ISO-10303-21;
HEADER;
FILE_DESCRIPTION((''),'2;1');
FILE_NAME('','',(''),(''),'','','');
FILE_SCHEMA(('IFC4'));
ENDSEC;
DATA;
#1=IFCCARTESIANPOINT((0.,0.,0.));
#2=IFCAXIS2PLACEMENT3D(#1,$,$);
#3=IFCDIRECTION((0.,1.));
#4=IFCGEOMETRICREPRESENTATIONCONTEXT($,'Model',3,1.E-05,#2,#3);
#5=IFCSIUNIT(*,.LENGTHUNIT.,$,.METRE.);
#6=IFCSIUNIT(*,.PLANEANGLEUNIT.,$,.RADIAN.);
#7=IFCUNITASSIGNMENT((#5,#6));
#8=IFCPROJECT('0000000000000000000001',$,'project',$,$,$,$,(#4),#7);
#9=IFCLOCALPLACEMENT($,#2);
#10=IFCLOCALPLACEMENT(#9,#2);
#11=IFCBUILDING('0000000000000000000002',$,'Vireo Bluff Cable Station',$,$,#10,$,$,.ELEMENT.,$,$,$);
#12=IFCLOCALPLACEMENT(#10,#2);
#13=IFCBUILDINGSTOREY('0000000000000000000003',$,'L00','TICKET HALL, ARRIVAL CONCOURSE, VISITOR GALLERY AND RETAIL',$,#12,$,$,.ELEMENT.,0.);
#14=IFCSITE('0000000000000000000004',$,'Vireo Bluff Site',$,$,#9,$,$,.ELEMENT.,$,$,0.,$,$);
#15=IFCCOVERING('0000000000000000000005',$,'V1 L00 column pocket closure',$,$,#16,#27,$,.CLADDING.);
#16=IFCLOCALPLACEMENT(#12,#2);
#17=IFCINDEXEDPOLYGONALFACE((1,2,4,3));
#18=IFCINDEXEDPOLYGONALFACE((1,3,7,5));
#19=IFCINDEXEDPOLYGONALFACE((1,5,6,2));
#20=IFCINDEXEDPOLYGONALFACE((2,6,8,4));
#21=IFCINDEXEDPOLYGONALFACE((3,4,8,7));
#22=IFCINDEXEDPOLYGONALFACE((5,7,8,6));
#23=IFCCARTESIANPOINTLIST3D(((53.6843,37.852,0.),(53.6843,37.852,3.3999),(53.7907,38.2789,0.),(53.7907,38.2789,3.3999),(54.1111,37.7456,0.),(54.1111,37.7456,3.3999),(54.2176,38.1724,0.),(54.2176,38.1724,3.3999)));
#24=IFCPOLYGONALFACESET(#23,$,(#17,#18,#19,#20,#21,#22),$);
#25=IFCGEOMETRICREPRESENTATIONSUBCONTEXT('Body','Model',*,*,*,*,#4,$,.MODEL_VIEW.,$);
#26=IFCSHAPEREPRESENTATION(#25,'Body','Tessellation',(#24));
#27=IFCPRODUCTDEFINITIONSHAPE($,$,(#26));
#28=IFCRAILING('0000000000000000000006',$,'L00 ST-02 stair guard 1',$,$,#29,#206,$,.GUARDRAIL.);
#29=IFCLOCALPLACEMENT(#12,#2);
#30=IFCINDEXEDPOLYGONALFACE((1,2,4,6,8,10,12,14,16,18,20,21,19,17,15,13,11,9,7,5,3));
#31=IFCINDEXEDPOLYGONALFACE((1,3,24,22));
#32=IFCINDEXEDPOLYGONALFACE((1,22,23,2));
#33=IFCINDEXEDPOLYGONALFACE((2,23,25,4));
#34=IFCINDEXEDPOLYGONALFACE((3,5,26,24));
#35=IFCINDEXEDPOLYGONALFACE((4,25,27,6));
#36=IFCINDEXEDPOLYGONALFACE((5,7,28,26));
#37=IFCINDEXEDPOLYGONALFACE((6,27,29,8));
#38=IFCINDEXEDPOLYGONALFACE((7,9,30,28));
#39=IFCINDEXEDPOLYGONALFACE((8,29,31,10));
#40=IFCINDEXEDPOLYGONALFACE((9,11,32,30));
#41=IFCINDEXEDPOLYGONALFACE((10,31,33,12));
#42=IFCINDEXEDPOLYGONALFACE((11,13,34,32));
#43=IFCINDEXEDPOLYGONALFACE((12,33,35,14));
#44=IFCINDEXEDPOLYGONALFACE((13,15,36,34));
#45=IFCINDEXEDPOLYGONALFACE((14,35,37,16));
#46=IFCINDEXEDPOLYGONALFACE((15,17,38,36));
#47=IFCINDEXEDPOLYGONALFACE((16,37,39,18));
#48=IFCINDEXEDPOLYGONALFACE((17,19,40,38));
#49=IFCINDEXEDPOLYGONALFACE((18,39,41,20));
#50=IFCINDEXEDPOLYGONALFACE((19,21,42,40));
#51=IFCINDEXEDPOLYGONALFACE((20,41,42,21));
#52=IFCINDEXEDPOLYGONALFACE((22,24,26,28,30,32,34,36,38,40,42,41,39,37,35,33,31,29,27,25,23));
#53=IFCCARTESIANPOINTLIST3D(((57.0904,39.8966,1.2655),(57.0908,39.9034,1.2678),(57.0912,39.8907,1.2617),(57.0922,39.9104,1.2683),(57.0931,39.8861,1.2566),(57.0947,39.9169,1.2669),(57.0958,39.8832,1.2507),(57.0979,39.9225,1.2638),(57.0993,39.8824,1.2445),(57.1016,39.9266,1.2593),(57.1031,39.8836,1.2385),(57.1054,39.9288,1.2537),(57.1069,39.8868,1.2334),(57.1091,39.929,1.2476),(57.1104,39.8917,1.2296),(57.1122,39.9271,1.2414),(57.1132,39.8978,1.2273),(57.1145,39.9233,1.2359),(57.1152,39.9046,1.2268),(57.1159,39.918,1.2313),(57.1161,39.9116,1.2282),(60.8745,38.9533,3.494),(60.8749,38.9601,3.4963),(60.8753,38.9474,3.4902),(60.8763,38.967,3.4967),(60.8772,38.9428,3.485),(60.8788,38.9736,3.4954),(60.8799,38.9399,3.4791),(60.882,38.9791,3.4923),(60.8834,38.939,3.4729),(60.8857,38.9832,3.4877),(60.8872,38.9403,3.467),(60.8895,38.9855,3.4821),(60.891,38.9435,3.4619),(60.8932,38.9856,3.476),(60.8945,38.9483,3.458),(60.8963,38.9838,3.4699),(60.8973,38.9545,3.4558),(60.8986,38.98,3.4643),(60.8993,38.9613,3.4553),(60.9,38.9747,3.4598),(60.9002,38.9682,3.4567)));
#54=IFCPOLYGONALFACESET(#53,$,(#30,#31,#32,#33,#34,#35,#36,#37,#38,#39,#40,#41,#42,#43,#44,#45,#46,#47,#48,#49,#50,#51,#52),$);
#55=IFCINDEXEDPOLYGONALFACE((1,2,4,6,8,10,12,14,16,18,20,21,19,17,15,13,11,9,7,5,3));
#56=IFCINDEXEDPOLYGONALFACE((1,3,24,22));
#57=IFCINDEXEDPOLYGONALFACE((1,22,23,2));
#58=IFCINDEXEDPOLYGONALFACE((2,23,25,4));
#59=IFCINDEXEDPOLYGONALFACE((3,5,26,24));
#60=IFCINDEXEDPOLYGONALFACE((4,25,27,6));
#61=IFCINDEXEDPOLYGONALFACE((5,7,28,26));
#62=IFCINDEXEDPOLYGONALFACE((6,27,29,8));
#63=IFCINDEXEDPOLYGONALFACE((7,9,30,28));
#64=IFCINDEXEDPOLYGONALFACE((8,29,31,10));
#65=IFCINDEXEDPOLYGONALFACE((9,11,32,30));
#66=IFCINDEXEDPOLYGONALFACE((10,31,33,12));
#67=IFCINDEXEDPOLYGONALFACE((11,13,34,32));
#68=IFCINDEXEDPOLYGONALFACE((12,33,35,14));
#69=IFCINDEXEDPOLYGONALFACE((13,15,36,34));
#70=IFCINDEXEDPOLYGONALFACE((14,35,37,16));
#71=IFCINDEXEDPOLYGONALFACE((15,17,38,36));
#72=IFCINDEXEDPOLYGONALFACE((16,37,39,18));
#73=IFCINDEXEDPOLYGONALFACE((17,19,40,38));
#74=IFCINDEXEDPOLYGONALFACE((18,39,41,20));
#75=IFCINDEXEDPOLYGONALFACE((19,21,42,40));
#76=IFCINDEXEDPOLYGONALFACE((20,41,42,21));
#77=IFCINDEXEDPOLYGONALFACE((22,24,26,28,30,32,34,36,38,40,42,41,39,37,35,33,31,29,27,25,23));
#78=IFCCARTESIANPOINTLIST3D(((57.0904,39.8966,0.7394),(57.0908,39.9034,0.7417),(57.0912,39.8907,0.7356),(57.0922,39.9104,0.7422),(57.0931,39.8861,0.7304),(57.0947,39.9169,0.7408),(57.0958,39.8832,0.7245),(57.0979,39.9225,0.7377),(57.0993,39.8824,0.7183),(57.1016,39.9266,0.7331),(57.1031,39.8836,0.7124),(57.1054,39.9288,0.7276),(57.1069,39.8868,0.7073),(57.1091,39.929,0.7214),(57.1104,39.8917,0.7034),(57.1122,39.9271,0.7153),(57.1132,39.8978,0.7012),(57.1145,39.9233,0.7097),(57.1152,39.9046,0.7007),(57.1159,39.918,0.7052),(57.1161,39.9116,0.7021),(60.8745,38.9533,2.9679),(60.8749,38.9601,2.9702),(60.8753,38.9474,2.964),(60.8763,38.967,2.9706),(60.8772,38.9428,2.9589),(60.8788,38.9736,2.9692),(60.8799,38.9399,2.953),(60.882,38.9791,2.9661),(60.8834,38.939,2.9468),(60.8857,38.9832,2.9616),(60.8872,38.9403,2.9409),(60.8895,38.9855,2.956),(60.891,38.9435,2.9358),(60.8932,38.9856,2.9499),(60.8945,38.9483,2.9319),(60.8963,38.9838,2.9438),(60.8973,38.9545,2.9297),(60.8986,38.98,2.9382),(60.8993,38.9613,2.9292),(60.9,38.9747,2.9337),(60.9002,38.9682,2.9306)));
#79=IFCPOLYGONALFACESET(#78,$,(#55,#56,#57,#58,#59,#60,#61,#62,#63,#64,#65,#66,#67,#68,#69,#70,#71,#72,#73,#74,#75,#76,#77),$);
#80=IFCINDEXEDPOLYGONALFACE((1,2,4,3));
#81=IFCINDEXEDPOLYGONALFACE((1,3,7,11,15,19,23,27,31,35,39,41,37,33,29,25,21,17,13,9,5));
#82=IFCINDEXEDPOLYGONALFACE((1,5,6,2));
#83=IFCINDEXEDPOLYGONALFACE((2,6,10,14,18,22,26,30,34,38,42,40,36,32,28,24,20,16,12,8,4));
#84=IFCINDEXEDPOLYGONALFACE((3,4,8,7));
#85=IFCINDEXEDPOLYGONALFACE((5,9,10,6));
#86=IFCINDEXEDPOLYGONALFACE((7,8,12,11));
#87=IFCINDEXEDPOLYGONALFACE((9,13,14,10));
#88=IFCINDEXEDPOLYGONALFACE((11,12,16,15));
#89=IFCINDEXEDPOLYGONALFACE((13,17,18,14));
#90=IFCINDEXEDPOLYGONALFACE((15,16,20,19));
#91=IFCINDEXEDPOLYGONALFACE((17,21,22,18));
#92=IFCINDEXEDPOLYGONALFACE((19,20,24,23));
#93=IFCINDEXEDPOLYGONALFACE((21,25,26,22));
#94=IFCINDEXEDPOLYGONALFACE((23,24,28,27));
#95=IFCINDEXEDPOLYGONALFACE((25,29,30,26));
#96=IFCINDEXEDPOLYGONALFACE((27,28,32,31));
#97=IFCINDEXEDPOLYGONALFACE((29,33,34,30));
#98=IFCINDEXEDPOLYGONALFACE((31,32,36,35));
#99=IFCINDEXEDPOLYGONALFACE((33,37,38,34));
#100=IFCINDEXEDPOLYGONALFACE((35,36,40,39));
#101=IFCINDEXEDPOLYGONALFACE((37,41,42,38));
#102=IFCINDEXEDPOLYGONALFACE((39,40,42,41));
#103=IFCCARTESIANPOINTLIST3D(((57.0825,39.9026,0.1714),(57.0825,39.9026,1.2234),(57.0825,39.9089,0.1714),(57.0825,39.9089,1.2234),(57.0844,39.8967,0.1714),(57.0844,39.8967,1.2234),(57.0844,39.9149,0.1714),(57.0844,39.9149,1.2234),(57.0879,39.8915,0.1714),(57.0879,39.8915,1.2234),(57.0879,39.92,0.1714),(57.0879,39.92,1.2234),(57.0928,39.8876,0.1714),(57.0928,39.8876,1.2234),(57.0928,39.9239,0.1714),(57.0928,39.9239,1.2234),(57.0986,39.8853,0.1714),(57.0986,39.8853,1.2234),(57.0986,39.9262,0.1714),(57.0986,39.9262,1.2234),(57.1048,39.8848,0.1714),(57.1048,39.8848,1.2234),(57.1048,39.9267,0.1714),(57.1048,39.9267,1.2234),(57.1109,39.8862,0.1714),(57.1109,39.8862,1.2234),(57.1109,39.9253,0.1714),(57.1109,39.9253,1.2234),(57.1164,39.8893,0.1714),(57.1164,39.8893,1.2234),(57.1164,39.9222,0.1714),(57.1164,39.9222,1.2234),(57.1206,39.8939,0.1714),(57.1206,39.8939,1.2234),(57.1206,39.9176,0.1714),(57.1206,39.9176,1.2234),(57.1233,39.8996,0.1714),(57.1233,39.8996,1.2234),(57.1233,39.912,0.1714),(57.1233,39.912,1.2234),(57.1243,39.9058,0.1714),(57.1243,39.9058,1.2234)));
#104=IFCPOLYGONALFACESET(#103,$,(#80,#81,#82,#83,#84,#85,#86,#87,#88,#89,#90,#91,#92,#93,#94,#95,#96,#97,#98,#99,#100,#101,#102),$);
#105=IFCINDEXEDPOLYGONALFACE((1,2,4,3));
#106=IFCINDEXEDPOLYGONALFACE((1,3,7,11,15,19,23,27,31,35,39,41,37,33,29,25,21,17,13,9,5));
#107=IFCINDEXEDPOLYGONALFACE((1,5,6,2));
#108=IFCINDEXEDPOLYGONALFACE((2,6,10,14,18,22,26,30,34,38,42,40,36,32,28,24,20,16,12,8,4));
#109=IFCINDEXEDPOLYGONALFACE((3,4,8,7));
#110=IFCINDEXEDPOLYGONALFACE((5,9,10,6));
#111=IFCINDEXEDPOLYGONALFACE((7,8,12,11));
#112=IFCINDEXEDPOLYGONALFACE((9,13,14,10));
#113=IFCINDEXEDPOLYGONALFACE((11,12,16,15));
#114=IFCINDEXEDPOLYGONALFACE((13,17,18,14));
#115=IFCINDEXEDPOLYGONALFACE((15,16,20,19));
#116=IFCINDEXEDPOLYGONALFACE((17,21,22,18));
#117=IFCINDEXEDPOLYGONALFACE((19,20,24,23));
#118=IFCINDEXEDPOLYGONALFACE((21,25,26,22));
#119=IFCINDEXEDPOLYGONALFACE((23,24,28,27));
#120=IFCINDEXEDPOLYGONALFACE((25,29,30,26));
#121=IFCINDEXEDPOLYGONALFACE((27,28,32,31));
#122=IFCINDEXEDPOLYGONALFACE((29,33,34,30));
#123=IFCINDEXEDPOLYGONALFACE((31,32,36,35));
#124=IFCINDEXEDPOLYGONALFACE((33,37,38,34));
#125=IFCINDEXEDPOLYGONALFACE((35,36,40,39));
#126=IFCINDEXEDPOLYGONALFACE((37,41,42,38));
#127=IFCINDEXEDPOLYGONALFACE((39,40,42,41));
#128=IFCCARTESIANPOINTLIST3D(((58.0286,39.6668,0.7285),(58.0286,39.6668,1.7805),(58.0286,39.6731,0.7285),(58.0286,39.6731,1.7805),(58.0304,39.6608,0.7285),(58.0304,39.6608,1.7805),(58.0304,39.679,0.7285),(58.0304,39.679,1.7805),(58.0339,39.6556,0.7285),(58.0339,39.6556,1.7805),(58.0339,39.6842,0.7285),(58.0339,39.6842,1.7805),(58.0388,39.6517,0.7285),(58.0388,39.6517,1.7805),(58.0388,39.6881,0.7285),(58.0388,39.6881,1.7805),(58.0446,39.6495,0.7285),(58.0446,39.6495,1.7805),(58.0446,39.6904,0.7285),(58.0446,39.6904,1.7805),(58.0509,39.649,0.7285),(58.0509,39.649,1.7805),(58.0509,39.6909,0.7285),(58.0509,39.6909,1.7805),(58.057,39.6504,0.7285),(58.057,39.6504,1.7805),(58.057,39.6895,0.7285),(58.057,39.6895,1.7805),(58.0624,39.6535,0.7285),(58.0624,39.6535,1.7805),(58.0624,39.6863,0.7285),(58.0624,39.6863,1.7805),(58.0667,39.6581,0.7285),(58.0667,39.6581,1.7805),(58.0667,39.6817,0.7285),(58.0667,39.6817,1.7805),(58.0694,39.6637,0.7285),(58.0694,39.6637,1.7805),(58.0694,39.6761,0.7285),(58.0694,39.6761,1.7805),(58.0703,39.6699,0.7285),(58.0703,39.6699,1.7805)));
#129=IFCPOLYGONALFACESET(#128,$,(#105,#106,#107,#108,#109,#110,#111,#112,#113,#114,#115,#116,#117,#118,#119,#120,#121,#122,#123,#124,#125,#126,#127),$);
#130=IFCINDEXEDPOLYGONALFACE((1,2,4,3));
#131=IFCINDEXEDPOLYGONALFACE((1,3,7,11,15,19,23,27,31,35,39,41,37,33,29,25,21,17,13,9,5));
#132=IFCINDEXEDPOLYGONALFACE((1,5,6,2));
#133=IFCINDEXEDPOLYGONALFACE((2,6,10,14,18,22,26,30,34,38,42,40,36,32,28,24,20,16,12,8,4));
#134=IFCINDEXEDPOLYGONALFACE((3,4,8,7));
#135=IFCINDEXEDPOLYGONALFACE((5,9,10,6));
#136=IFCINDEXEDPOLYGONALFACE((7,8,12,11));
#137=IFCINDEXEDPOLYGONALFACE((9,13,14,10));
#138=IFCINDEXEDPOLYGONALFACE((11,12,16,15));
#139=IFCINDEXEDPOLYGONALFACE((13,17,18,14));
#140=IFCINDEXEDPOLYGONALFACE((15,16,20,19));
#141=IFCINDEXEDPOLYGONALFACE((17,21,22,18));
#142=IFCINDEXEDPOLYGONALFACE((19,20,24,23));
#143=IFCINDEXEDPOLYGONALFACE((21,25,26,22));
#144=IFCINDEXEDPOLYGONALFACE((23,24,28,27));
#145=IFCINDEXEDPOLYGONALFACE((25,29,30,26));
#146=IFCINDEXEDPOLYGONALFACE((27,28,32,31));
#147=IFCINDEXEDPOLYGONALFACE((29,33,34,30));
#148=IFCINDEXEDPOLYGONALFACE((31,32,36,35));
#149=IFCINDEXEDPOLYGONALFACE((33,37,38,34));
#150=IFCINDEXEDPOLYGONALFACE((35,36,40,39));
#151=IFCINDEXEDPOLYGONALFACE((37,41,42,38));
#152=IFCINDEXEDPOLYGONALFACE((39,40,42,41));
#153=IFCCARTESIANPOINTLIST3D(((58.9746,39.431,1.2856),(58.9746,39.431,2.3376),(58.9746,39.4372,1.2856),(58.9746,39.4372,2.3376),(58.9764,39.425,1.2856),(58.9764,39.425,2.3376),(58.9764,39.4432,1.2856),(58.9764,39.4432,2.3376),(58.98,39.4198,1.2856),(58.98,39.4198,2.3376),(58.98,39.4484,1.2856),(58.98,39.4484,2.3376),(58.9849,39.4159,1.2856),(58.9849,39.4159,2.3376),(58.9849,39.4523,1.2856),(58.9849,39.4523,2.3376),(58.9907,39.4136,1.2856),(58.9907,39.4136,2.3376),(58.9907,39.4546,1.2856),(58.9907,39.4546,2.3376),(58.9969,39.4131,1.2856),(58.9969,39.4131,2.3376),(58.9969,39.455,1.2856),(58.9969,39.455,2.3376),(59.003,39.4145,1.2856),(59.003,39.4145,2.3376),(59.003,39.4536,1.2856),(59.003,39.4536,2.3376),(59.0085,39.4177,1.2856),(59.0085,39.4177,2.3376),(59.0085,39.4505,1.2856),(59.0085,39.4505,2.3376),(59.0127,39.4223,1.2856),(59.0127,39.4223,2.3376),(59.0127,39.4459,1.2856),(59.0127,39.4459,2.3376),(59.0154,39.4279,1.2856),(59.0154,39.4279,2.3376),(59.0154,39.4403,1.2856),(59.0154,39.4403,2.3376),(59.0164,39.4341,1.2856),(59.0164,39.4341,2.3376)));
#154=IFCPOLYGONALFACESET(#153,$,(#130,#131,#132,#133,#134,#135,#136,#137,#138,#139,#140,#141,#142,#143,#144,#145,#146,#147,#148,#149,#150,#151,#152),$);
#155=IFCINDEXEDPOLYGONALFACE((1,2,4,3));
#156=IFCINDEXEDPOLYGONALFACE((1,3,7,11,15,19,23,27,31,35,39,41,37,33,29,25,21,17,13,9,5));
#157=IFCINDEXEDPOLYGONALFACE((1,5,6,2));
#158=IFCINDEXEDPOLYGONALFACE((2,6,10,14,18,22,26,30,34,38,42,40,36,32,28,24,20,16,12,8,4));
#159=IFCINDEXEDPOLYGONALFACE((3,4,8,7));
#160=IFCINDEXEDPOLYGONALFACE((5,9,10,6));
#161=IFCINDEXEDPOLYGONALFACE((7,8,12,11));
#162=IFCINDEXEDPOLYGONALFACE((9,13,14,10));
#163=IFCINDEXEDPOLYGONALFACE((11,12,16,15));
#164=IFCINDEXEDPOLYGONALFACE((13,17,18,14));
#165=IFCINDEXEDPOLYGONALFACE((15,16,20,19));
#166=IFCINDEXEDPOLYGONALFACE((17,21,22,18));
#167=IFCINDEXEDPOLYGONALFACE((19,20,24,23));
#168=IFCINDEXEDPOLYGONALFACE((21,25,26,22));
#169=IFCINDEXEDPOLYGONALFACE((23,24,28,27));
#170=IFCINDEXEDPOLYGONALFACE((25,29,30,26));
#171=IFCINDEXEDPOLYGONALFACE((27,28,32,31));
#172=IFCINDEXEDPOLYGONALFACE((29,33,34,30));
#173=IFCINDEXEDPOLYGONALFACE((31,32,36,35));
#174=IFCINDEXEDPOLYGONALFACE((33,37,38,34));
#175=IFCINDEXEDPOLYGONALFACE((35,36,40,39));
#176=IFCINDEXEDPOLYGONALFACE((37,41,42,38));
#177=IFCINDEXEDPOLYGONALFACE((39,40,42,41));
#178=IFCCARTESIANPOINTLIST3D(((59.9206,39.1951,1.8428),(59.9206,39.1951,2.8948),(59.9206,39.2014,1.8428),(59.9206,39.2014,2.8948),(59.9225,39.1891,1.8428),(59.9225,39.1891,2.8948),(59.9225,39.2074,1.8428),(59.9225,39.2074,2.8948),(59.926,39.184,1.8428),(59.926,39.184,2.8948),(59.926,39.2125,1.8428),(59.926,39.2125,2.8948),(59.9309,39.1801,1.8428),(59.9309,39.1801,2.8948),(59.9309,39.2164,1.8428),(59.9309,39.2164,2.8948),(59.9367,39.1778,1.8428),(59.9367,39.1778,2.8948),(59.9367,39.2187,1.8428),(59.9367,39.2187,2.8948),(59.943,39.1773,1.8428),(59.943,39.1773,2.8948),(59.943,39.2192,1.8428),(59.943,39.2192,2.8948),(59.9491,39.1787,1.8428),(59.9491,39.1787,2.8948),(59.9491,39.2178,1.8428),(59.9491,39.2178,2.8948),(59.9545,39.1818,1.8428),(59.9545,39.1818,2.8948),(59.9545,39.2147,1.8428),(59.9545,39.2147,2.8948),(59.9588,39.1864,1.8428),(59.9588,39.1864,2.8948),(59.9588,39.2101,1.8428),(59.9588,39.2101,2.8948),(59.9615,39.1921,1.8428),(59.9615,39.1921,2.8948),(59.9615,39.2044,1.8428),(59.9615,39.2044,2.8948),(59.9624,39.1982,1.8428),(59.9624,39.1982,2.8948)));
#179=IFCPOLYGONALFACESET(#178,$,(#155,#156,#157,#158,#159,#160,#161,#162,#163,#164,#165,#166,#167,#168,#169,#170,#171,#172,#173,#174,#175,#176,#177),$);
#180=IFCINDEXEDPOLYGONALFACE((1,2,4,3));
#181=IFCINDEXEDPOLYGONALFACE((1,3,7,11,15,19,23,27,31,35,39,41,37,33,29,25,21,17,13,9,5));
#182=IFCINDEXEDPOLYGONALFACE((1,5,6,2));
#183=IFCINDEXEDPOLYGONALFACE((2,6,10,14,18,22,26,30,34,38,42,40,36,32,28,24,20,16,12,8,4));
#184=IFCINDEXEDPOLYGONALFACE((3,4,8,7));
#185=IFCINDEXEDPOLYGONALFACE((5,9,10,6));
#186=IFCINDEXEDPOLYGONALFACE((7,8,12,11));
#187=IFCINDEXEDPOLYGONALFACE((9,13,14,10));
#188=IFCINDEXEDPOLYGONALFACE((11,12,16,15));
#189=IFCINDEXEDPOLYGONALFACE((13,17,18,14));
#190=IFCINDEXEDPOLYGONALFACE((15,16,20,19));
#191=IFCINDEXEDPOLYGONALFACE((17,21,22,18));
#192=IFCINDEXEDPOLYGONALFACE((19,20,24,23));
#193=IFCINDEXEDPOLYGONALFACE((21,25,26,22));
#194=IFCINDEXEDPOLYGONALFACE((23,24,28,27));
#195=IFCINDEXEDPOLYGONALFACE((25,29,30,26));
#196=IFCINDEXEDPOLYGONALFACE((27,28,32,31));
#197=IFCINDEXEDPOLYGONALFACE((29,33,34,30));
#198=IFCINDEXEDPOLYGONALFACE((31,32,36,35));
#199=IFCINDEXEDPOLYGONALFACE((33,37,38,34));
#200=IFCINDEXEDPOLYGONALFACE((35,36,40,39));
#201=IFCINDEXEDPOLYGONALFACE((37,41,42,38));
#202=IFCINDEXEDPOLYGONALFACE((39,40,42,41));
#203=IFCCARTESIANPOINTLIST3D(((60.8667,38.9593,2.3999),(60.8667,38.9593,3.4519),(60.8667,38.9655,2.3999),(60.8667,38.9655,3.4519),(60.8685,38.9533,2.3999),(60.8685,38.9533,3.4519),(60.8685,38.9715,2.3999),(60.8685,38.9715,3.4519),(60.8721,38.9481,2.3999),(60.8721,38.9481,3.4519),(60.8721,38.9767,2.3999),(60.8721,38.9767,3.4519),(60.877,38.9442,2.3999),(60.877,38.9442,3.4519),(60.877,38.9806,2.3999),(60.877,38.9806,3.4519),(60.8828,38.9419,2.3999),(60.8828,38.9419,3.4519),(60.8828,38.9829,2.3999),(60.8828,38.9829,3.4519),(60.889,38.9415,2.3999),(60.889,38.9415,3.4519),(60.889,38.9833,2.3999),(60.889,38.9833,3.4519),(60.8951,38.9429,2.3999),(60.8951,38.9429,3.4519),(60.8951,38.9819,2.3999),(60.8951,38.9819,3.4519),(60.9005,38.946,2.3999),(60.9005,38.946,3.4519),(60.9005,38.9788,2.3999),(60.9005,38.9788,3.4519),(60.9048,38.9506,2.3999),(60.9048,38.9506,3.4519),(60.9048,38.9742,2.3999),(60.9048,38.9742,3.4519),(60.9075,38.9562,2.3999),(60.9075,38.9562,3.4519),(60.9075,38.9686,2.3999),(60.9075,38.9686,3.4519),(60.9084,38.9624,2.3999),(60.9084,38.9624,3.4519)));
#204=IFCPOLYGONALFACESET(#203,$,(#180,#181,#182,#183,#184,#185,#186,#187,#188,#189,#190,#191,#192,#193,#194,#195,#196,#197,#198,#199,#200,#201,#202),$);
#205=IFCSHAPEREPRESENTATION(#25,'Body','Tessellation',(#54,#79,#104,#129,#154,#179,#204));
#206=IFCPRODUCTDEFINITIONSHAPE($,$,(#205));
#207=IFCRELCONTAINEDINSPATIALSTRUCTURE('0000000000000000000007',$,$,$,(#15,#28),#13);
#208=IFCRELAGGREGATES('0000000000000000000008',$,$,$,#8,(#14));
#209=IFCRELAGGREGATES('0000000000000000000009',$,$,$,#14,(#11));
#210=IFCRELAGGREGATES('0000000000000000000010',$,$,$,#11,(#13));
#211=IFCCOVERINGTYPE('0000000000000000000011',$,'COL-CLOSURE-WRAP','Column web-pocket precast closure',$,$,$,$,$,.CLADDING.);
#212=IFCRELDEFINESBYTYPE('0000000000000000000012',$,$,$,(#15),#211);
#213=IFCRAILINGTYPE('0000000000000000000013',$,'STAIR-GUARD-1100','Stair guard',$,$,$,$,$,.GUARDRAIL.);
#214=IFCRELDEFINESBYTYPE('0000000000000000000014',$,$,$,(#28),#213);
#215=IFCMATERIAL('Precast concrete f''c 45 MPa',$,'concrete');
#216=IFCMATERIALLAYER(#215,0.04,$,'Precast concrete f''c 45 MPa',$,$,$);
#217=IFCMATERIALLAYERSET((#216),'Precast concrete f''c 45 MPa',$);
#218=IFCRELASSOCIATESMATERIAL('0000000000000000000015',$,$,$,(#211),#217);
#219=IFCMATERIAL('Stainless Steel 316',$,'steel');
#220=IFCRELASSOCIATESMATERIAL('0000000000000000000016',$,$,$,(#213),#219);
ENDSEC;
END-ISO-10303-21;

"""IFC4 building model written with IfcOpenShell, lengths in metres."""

from ifc_helpers import new_model, si_unit, direction, frame, origin, origin_2d, place, context, subcontext, project, spatial, rectangle, circle, extrude, material, layer, layer_set, type_object, element, save


model = new_model("IFC4")

# Units and contexts
model_context = context("Model", 3, precision=1e-05, world=origin(), true_north=direction((0.0, 1.0)))
body_context = subcontext(model_context, "Body", "Model", "MODEL_VIEW")
ifc_project = project(units=[si_unit("LENGTHUNIT", "METRE"), si_unit("PLANEANGLEUNIT", "RADIAN")], contexts=[model_context])

# Site, building, storey
site_placement = place(None, origin())
site = spatial("IfcSite", under=ifc_project, at=site_placement, Name="Vireo Bluff Site", CompositionType="ELEMENT", RefElevation=0.0)
building_placement = place(site_placement, origin())
building = spatial("IfcBuilding", under=site, at=building_placement, Name="Vireo Bluff Cable Station", CompositionType="ELEMENT")
storey_placement = place(building_placement, origin())
storey = spatial("IfcBuildingStorey", under=building, at=storey_placement, Name="L00", Description="TICKET HALL, ARRIVAL CONCOURSE, VISITOR GALLERY AND RETAIL", CompositionType="ELEMENT", Elevation=0.0)

# Shared definitions
ifc_material_1 = material(Name="Precast concrete f'c 45 MPa", Category="concrete")

# Covering
ifc_layer_1 = layer(ifc_material_1, 0.04, Name="Precast concrete f'c 45 MPa")
ifc_layer_set_1 = layer_set([ifc_layer_1], Name="Precast concrete f'c 45 MPa")
covering_type_1 = type_object("IfcCoveringType", Name="COL-CLOSURE-WRAP", Description="Column web-pocket precast closure", PredefinedType="CLADDING", material=ifc_layer_set_1)
covering_1_placement = place(storey_placement, frame((53.9509, 38.0122, 0.0), z_axis=(0.0, 0.0, 1.0), x_axis=(0.970296, -0.241922, 0.0)))
element("IfcCovering", 1, at=covering_1_placement, inside=storey, type_object=covering_type_1, Name="V1 L00 column pocket closure", PredefinedType="CLADDING", context=body_context, shape_type="SweptSolid", body=[
    extrude(rectangle(XDim=0.4399, YDim=0.4399, at=origin_2d()), origin(), (0.0, 0.0, 1.0), 3.3999),
])

# Railing
ifc_material_2 = material(Name="Stainless Steel 316", Category="steel")
railing_type_1 = type_object("IfcRailingType", Name="STAIR-GUARD-1100", Description="Stair guard", PredefinedType="GUARDRAIL", material=ifc_material_2)
railing_1_placement = place(storey_placement, frame((57.1033, 39.9058, 0.1714)))
element("IfcRailing", 2, at=railing_1_placement, inside=storey, type_object=railing_type_1, Name="L00 ST-02 stair guard 1", PredefinedType="GUARDRAIL", context=body_context, shape_type="SweptSolid", body=[
    extrude(circle(Radius=0.0239, at=origin_2d()), frame((0.0, 0.0, 1.0762), z_axis=(0.842465, -0.210018, 0.49613), x_axis=(0.241887, 0.970304, 0.0)), (0.0, 0.0, 1.0), 4.4917),
    extrude(circle(Radius=0.0239, at=origin_2d()), frame((0.0, 0.0, 0.55), z_axis=(0.842465, -0.210018, 0.49613), x_axis=(0.241887, 0.970304, 0.0)), (0.0, 0.0, 1.0), 4.4917),
    extrude(circle(Radius=0.021, at=origin_2d()), origin(), (0.0, 0.0, 1.0), 1.052),
    extrude(circle(Radius=0.021, at=origin_2d()), frame((0.946, -0.2358, 0.5571)), (0.0, 0.0, 1.0), 1.052),
    extrude(circle(Radius=0.021, at=origin_2d()), frame((1.8921, -0.4717, 1.1143)), (0.0, 0.0, 1.0), 1.052),
    extrude(circle(Radius=0.021, at=origin_2d()), frame((2.8381, -0.7075, 1.6714)), (0.0, 0.0, 1.0), 1.052),
    extrude(circle(Radius=0.021, at=origin_2d()), frame((3.7842, -0.9434, 2.2285)), (0.0, 0.0, 1.0), 1.052),
])

save(model, "model.ifc")
